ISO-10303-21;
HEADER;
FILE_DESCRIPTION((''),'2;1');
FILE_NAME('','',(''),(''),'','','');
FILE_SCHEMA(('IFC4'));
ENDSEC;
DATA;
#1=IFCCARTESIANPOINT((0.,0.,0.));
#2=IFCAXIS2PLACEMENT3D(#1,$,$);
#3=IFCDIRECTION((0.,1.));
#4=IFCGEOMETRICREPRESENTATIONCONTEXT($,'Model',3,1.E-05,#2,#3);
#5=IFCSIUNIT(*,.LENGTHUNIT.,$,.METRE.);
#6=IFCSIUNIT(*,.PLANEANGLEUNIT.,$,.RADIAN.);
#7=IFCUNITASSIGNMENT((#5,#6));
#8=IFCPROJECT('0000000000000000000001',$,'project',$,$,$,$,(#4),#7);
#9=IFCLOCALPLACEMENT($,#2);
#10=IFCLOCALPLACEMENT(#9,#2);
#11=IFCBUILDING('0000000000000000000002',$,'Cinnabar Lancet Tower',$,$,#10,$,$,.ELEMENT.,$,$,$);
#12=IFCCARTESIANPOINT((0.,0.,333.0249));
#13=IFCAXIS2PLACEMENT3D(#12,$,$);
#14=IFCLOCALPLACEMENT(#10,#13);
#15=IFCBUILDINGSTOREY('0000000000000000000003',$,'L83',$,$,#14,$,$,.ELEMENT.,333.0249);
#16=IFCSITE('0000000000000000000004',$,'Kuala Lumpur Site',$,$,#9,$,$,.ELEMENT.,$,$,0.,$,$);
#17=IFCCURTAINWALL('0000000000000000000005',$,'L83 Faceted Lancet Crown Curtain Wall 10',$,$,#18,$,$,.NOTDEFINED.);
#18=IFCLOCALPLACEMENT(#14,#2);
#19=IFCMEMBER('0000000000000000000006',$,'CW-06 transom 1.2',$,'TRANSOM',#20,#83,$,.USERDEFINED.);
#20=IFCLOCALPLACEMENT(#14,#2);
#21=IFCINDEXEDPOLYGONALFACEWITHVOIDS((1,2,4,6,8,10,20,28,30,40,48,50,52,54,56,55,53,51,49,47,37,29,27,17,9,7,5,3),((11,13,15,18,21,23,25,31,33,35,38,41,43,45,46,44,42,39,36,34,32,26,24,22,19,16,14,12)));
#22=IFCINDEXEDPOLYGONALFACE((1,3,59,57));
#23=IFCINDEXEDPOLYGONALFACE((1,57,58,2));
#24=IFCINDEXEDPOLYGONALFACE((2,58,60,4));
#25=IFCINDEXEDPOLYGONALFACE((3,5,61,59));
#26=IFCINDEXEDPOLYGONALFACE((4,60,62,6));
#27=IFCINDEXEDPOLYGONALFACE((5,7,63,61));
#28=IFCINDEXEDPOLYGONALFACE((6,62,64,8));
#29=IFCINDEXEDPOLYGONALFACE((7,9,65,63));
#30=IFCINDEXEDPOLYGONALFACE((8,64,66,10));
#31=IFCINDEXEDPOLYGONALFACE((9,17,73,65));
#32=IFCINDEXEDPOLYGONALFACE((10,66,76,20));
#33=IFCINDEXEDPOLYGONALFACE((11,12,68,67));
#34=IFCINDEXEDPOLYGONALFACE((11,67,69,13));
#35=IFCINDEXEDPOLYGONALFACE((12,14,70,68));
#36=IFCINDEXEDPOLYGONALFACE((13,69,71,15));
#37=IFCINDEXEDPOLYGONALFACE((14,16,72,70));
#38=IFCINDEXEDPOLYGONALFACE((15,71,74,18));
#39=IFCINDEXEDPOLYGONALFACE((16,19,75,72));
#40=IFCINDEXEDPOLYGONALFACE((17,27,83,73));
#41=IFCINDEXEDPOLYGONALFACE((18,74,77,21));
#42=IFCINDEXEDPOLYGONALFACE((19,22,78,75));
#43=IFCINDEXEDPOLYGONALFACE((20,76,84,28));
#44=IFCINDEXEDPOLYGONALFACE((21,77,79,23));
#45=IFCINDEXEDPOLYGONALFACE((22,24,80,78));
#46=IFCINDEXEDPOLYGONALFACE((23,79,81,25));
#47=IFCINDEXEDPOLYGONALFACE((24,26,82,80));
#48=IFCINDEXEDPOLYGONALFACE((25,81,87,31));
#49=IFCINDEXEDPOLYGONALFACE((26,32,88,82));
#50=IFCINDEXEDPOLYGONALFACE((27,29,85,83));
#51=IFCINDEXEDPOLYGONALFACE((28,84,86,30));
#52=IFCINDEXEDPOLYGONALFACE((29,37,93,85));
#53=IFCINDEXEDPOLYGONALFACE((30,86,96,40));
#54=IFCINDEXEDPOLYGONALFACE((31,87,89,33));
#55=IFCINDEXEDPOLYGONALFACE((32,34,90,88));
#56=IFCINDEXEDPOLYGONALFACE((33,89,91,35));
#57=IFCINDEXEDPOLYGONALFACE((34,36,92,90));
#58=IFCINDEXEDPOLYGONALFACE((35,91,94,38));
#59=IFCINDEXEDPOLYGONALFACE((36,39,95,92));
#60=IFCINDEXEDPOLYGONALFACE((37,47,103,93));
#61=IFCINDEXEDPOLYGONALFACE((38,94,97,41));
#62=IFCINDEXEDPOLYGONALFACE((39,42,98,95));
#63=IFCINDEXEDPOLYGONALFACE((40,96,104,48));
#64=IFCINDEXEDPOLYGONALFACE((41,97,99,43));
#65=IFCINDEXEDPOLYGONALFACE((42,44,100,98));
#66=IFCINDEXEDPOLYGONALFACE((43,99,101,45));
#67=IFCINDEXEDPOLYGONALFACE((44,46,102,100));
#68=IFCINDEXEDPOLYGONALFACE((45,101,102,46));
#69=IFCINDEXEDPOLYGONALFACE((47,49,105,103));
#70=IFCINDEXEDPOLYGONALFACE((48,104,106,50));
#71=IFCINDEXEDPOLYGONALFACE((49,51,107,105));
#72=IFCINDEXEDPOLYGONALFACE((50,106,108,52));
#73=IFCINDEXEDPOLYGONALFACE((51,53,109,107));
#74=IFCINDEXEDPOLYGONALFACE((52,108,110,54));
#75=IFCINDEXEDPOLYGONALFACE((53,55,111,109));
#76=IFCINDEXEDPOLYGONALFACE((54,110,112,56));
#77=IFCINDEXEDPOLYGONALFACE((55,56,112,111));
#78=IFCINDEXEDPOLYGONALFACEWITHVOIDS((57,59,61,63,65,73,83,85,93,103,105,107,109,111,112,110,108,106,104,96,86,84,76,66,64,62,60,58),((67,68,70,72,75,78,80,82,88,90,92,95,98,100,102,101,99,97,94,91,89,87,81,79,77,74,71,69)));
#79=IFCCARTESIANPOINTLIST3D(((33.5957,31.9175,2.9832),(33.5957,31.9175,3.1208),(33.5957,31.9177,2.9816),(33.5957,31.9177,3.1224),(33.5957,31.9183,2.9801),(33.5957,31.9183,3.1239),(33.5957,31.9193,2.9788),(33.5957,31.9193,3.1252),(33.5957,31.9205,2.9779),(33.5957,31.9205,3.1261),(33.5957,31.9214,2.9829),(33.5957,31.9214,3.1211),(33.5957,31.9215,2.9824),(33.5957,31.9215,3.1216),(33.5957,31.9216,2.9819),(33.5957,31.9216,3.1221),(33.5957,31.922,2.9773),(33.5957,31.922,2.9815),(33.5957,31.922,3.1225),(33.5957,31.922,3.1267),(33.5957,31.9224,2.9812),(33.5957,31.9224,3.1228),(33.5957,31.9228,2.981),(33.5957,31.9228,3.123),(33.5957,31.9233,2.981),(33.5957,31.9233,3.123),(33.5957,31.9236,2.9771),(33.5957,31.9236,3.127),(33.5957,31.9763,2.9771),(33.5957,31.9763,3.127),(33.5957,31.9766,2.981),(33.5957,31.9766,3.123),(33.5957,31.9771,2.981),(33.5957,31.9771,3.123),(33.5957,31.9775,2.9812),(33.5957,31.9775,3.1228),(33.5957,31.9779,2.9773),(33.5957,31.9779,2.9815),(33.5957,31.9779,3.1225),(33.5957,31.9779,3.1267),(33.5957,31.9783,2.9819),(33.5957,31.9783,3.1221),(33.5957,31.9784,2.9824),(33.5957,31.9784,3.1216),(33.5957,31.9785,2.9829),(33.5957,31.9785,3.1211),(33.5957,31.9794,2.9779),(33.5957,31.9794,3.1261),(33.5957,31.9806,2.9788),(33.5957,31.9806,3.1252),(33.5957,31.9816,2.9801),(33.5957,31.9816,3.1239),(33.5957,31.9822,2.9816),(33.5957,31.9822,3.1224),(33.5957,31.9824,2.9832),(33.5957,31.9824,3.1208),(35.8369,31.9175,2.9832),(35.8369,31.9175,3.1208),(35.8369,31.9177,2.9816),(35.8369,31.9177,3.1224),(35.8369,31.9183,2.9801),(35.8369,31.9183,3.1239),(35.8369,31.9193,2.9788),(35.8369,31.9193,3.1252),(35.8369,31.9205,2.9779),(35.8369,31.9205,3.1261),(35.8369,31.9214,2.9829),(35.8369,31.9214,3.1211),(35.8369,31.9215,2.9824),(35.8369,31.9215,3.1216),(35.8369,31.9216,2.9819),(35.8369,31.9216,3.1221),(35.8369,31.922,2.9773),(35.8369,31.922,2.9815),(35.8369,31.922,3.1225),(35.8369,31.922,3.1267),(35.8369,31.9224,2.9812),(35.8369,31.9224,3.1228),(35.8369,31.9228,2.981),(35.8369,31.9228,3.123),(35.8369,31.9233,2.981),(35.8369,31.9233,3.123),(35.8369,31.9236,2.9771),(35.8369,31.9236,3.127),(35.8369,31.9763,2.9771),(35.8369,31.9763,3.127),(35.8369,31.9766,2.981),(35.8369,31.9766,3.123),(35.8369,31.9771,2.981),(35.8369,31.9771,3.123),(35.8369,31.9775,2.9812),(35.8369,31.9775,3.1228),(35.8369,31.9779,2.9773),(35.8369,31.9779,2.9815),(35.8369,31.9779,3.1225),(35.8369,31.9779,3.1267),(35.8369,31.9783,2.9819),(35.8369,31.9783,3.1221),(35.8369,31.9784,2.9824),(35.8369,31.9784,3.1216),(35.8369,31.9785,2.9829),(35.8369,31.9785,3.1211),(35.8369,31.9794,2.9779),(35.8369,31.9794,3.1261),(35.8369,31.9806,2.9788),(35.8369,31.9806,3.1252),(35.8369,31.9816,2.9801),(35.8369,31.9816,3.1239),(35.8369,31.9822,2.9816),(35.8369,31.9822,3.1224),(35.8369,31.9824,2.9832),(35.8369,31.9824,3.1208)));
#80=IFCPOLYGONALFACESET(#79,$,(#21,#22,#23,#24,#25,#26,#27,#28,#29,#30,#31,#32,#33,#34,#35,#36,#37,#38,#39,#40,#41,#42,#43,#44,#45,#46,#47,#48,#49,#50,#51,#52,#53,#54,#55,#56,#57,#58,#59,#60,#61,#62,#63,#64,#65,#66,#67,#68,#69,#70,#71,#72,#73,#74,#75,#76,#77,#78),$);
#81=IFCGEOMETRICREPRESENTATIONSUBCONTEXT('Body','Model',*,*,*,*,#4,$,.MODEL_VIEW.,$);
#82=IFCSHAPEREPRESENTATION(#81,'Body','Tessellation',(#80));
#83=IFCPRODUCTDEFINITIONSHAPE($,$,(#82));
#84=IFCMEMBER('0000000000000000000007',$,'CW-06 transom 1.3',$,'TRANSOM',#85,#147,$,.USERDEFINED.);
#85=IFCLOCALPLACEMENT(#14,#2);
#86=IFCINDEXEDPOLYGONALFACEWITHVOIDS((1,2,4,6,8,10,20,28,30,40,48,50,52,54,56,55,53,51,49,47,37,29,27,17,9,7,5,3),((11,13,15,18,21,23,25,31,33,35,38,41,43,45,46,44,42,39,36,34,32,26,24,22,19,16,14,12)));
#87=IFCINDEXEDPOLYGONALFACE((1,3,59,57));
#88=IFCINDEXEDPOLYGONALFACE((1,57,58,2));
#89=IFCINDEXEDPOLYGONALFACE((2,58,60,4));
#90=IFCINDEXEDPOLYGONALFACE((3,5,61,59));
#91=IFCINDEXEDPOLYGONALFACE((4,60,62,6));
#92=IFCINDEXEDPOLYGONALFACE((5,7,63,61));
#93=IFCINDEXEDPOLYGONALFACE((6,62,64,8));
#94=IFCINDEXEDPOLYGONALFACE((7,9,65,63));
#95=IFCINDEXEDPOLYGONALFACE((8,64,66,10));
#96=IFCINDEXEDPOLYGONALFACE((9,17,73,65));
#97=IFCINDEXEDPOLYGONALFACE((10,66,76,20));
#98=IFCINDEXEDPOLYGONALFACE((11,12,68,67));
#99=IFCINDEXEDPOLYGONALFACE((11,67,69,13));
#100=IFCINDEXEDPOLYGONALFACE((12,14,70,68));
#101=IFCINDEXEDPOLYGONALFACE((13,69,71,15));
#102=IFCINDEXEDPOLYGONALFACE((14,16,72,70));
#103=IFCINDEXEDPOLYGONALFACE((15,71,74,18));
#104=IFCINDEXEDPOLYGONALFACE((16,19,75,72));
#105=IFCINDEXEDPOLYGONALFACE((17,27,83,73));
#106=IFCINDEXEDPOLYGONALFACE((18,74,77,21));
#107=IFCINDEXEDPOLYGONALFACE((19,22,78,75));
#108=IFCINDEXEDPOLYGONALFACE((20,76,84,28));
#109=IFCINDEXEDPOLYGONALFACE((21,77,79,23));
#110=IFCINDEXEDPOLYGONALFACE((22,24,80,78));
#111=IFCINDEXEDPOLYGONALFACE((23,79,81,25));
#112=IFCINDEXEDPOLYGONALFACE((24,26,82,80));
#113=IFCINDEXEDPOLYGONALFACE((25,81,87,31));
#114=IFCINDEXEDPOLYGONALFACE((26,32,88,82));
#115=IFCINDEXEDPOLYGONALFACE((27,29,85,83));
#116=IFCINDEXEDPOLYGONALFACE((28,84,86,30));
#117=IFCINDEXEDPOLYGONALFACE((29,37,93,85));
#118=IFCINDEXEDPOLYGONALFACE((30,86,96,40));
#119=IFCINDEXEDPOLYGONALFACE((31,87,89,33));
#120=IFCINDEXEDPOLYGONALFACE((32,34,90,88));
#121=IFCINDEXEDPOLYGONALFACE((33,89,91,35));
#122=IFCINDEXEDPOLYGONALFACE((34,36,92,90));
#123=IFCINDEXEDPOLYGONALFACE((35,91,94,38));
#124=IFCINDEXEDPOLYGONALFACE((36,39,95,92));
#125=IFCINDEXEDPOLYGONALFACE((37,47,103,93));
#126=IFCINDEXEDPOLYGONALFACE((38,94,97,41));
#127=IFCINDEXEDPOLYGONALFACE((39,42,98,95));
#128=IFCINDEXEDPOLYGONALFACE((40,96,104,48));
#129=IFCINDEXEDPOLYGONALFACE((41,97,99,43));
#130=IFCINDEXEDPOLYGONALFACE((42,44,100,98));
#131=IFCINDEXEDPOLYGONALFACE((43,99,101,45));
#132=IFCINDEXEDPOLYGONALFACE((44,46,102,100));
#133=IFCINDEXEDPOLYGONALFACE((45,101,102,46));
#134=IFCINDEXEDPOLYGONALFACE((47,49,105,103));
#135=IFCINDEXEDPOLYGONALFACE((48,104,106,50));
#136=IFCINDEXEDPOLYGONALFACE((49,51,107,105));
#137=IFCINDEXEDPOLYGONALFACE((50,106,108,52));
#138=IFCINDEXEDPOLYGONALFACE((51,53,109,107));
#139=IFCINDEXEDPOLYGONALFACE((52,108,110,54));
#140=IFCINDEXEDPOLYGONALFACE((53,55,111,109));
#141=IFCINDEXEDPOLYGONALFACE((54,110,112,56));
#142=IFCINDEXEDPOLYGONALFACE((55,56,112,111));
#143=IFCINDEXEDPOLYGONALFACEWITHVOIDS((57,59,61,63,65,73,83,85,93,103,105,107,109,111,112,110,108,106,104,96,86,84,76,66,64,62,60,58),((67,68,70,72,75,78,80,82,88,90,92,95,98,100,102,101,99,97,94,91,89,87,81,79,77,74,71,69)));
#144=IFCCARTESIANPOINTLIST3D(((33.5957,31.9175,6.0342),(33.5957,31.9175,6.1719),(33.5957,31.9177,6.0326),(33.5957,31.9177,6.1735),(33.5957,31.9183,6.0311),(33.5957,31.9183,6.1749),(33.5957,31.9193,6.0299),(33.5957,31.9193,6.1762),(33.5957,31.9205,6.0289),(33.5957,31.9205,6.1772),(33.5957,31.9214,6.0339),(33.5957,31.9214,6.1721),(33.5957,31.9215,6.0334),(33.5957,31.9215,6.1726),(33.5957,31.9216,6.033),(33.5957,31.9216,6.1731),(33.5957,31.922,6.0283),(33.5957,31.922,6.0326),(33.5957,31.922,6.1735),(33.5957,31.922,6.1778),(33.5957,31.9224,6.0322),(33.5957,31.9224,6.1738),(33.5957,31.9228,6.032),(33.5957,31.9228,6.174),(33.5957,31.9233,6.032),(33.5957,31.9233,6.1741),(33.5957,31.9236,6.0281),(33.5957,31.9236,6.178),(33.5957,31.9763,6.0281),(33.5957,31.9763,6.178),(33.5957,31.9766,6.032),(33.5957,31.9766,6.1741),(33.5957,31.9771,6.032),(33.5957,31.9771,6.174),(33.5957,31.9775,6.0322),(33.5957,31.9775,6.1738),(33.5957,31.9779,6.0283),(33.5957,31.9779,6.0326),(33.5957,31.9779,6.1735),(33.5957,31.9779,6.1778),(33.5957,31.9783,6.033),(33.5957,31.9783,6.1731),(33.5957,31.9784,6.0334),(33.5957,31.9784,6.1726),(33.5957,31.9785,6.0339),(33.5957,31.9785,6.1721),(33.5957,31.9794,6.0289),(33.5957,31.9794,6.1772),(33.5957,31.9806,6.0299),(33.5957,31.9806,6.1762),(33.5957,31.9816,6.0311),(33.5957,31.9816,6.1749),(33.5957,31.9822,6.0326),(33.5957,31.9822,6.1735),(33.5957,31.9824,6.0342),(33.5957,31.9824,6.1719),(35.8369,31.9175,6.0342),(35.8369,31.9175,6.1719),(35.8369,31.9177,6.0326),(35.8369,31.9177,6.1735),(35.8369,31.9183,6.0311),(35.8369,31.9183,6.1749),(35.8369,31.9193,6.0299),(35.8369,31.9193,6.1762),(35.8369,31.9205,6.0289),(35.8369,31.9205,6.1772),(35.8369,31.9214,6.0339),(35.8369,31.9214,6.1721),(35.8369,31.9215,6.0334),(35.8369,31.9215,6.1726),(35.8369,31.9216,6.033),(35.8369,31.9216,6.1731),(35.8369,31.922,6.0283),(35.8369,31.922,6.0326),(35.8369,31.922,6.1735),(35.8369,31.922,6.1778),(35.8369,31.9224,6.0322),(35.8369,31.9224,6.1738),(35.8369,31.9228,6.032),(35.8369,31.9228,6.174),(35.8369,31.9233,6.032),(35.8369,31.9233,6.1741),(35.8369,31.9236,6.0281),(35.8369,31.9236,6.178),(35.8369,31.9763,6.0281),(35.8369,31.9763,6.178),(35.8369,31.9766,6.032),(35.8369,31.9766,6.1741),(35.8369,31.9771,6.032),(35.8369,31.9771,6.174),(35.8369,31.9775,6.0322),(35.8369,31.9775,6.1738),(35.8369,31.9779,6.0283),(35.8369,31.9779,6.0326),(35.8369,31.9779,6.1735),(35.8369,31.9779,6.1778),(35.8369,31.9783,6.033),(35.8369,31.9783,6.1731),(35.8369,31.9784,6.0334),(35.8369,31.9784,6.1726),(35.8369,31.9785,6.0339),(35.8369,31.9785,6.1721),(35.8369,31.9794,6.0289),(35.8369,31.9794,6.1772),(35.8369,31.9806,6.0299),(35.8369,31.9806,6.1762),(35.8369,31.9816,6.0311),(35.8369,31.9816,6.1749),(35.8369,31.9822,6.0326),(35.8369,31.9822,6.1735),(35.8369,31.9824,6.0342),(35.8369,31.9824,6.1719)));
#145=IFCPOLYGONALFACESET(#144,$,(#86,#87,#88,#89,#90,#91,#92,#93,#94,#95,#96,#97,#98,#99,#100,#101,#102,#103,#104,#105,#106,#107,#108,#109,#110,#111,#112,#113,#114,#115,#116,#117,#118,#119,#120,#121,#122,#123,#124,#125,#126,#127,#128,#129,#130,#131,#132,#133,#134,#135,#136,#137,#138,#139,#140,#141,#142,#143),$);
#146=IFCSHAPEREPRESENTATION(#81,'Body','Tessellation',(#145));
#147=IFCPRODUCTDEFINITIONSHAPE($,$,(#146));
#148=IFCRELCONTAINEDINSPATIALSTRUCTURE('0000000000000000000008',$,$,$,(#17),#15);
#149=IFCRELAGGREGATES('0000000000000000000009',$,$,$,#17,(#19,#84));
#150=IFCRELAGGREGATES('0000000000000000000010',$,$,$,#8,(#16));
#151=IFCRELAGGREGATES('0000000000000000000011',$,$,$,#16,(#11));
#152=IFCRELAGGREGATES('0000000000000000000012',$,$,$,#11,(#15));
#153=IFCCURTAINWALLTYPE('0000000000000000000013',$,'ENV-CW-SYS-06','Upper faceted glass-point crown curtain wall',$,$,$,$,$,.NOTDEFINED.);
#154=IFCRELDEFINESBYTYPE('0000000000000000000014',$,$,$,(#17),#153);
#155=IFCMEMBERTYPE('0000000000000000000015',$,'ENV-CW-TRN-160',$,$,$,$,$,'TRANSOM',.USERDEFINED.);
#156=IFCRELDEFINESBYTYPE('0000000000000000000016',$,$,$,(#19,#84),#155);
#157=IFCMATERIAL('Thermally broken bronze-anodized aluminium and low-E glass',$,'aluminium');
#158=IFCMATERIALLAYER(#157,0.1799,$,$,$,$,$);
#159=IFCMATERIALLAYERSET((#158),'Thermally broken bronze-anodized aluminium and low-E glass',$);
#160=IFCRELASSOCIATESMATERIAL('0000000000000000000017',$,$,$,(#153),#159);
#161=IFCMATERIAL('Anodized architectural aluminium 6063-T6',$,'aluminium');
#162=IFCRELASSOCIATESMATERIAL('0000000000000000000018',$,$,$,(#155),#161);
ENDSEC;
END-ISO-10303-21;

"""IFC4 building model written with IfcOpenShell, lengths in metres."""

from ifc_helpers import new_model, si_unit, direction, frame, origin, origin_2d, place, context, subcontext, project, spatial, hollow_rectangle, extrude, material, layer, layer_set, material_profile, profile_set, type_object, element, aggregate, save


model = new_model("IFC4")

# Units and contexts
model_context = context("Model", 3, precision=1e-05, world=origin(), true_north=direction((0.0, 1.0)))
body_context = subcontext(model_context, "Body", "Model", "MODEL_VIEW")
ifc_project = project(units=[si_unit("LENGTHUNIT", "METRE"), si_unit("PLANEANGLEUNIT", "RADIAN")], contexts=[model_context])

# Site, building, storey
site_placement = place(None, origin())
site = spatial("IfcSite", under=ifc_project, at=site_placement, Name="Kuala Lumpur Site", CompositionType="ELEMENT", RefElevation=0.0)
building_placement = place(site_placement, origin())
building = spatial("IfcBuilding", under=site, at=building_placement, Name="Cinnabar Lancet Tower", CompositionType="ELEMENT")
storey_placement = place(building_placement, frame((0.0, 0.0, 333.0249)))
storey = spatial("IfcBuildingStorey", under=building, at=storey_placement, Name="L83", CompositionType="ELEMENT", Elevation=333.0249)

# Curtain wall
ifc_material_1 = material(Name="Thermally broken bronze-anodized aluminium and low-E glass", Category="aluminium")
ifc_layer_1 = layer(ifc_material_1, 0.1799)
ifc_layer_set_1 = layer_set([ifc_layer_1], Name="Thermally broken bronze-anodized aluminium and low-E glass")
curtain_wall_type = type_object("IfcCurtainWallType", Name="ENV-CW-SYS-06", Description="Upper faceted glass-point crown curtain wall", PredefinedType="NOTDEFINED", material=ifc_layer_set_1)
curtain_wall_1_placement = place(storey_placement, origin())
curtain_wall_1 = element("IfcCurtainWall", 1, at=curtain_wall_1_placement, inside=storey, type_object=curtain_wall_type, Name="L83 Faceted Lancet Crown Curtain Wall 10", PredefinedType="NOTDEFINED")

# Members
ifc_material_2 = material(Name="Anodized architectural aluminium 6063-T6", Category="aluminium")
ifc_material_profile_1 = material_profile(ifc_material_2, hollow_rectangle(XDim=0.0649, YDim=0.1499, WallThickness=0.0039, InnerFilletRadius=0.002, OuterFilletRadius=0.0061, at=origin_2d()), Name="CW-TRN 150x65x4")
ifc_profile_set_1 = profile_set([ifc_material_profile_1], Name="Anodized architectural aluminium 6063-T6")
member_type_1 = type_object("IfcMemberType", Name="ENV-CW-TRN-160", ElementType="TRANSOM", PredefinedType="USERDEFINED", material=ifc_profile_set_1)
member_1_placement = place(storey_placement, frame((35.8369, 31.95, 3.052), z_axis=(-1.0, 0.0, 0.0), x_axis=(0.0, -1.0, 0.0)))
member_1 = element("IfcMember", 2, at=member_1_placement, type_object=member_type_1, Name="CW-06 transom 1.2", ObjectType="TRANSOM", PredefinedType="USERDEFINED", context=body_context, shape_type="SweptSolid", body=[
    extrude(hollow_rectangle(XDim=0.0649, YDim=0.1499, WallThickness=0.0039, InnerFilletRadius=0.002, OuterFilletRadius=0.0061, at=origin_2d()), origin(), (0.0, 0.0, 1.0), 2.2412),
])
member_2_placement = place(storey_placement, frame((35.8369, 31.95, 6.103), z_axis=(-1.0, 0.0, 0.0), x_axis=(0.0, -1.0, 0.0)))
member_2 = element("IfcMember", 3, at=member_2_placement, type_object=member_type_1, Name="CW-06 transom 1.3", ObjectType="TRANSOM", PredefinedType="USERDEFINED", context=body_context, shape_type="SweptSolid", body=[
    extrude(hollow_rectangle(XDim=0.0649, YDim=0.1499, WallThickness=0.0039, InnerFilletRadius=0.002, OuterFilletRadius=0.0061, at=origin_2d()), origin(), (0.0, 0.0, 1.0), 2.2412),
])

aggregate(curtain_wall_1, [member_1, member_2])

save(model, "model.ifc")
